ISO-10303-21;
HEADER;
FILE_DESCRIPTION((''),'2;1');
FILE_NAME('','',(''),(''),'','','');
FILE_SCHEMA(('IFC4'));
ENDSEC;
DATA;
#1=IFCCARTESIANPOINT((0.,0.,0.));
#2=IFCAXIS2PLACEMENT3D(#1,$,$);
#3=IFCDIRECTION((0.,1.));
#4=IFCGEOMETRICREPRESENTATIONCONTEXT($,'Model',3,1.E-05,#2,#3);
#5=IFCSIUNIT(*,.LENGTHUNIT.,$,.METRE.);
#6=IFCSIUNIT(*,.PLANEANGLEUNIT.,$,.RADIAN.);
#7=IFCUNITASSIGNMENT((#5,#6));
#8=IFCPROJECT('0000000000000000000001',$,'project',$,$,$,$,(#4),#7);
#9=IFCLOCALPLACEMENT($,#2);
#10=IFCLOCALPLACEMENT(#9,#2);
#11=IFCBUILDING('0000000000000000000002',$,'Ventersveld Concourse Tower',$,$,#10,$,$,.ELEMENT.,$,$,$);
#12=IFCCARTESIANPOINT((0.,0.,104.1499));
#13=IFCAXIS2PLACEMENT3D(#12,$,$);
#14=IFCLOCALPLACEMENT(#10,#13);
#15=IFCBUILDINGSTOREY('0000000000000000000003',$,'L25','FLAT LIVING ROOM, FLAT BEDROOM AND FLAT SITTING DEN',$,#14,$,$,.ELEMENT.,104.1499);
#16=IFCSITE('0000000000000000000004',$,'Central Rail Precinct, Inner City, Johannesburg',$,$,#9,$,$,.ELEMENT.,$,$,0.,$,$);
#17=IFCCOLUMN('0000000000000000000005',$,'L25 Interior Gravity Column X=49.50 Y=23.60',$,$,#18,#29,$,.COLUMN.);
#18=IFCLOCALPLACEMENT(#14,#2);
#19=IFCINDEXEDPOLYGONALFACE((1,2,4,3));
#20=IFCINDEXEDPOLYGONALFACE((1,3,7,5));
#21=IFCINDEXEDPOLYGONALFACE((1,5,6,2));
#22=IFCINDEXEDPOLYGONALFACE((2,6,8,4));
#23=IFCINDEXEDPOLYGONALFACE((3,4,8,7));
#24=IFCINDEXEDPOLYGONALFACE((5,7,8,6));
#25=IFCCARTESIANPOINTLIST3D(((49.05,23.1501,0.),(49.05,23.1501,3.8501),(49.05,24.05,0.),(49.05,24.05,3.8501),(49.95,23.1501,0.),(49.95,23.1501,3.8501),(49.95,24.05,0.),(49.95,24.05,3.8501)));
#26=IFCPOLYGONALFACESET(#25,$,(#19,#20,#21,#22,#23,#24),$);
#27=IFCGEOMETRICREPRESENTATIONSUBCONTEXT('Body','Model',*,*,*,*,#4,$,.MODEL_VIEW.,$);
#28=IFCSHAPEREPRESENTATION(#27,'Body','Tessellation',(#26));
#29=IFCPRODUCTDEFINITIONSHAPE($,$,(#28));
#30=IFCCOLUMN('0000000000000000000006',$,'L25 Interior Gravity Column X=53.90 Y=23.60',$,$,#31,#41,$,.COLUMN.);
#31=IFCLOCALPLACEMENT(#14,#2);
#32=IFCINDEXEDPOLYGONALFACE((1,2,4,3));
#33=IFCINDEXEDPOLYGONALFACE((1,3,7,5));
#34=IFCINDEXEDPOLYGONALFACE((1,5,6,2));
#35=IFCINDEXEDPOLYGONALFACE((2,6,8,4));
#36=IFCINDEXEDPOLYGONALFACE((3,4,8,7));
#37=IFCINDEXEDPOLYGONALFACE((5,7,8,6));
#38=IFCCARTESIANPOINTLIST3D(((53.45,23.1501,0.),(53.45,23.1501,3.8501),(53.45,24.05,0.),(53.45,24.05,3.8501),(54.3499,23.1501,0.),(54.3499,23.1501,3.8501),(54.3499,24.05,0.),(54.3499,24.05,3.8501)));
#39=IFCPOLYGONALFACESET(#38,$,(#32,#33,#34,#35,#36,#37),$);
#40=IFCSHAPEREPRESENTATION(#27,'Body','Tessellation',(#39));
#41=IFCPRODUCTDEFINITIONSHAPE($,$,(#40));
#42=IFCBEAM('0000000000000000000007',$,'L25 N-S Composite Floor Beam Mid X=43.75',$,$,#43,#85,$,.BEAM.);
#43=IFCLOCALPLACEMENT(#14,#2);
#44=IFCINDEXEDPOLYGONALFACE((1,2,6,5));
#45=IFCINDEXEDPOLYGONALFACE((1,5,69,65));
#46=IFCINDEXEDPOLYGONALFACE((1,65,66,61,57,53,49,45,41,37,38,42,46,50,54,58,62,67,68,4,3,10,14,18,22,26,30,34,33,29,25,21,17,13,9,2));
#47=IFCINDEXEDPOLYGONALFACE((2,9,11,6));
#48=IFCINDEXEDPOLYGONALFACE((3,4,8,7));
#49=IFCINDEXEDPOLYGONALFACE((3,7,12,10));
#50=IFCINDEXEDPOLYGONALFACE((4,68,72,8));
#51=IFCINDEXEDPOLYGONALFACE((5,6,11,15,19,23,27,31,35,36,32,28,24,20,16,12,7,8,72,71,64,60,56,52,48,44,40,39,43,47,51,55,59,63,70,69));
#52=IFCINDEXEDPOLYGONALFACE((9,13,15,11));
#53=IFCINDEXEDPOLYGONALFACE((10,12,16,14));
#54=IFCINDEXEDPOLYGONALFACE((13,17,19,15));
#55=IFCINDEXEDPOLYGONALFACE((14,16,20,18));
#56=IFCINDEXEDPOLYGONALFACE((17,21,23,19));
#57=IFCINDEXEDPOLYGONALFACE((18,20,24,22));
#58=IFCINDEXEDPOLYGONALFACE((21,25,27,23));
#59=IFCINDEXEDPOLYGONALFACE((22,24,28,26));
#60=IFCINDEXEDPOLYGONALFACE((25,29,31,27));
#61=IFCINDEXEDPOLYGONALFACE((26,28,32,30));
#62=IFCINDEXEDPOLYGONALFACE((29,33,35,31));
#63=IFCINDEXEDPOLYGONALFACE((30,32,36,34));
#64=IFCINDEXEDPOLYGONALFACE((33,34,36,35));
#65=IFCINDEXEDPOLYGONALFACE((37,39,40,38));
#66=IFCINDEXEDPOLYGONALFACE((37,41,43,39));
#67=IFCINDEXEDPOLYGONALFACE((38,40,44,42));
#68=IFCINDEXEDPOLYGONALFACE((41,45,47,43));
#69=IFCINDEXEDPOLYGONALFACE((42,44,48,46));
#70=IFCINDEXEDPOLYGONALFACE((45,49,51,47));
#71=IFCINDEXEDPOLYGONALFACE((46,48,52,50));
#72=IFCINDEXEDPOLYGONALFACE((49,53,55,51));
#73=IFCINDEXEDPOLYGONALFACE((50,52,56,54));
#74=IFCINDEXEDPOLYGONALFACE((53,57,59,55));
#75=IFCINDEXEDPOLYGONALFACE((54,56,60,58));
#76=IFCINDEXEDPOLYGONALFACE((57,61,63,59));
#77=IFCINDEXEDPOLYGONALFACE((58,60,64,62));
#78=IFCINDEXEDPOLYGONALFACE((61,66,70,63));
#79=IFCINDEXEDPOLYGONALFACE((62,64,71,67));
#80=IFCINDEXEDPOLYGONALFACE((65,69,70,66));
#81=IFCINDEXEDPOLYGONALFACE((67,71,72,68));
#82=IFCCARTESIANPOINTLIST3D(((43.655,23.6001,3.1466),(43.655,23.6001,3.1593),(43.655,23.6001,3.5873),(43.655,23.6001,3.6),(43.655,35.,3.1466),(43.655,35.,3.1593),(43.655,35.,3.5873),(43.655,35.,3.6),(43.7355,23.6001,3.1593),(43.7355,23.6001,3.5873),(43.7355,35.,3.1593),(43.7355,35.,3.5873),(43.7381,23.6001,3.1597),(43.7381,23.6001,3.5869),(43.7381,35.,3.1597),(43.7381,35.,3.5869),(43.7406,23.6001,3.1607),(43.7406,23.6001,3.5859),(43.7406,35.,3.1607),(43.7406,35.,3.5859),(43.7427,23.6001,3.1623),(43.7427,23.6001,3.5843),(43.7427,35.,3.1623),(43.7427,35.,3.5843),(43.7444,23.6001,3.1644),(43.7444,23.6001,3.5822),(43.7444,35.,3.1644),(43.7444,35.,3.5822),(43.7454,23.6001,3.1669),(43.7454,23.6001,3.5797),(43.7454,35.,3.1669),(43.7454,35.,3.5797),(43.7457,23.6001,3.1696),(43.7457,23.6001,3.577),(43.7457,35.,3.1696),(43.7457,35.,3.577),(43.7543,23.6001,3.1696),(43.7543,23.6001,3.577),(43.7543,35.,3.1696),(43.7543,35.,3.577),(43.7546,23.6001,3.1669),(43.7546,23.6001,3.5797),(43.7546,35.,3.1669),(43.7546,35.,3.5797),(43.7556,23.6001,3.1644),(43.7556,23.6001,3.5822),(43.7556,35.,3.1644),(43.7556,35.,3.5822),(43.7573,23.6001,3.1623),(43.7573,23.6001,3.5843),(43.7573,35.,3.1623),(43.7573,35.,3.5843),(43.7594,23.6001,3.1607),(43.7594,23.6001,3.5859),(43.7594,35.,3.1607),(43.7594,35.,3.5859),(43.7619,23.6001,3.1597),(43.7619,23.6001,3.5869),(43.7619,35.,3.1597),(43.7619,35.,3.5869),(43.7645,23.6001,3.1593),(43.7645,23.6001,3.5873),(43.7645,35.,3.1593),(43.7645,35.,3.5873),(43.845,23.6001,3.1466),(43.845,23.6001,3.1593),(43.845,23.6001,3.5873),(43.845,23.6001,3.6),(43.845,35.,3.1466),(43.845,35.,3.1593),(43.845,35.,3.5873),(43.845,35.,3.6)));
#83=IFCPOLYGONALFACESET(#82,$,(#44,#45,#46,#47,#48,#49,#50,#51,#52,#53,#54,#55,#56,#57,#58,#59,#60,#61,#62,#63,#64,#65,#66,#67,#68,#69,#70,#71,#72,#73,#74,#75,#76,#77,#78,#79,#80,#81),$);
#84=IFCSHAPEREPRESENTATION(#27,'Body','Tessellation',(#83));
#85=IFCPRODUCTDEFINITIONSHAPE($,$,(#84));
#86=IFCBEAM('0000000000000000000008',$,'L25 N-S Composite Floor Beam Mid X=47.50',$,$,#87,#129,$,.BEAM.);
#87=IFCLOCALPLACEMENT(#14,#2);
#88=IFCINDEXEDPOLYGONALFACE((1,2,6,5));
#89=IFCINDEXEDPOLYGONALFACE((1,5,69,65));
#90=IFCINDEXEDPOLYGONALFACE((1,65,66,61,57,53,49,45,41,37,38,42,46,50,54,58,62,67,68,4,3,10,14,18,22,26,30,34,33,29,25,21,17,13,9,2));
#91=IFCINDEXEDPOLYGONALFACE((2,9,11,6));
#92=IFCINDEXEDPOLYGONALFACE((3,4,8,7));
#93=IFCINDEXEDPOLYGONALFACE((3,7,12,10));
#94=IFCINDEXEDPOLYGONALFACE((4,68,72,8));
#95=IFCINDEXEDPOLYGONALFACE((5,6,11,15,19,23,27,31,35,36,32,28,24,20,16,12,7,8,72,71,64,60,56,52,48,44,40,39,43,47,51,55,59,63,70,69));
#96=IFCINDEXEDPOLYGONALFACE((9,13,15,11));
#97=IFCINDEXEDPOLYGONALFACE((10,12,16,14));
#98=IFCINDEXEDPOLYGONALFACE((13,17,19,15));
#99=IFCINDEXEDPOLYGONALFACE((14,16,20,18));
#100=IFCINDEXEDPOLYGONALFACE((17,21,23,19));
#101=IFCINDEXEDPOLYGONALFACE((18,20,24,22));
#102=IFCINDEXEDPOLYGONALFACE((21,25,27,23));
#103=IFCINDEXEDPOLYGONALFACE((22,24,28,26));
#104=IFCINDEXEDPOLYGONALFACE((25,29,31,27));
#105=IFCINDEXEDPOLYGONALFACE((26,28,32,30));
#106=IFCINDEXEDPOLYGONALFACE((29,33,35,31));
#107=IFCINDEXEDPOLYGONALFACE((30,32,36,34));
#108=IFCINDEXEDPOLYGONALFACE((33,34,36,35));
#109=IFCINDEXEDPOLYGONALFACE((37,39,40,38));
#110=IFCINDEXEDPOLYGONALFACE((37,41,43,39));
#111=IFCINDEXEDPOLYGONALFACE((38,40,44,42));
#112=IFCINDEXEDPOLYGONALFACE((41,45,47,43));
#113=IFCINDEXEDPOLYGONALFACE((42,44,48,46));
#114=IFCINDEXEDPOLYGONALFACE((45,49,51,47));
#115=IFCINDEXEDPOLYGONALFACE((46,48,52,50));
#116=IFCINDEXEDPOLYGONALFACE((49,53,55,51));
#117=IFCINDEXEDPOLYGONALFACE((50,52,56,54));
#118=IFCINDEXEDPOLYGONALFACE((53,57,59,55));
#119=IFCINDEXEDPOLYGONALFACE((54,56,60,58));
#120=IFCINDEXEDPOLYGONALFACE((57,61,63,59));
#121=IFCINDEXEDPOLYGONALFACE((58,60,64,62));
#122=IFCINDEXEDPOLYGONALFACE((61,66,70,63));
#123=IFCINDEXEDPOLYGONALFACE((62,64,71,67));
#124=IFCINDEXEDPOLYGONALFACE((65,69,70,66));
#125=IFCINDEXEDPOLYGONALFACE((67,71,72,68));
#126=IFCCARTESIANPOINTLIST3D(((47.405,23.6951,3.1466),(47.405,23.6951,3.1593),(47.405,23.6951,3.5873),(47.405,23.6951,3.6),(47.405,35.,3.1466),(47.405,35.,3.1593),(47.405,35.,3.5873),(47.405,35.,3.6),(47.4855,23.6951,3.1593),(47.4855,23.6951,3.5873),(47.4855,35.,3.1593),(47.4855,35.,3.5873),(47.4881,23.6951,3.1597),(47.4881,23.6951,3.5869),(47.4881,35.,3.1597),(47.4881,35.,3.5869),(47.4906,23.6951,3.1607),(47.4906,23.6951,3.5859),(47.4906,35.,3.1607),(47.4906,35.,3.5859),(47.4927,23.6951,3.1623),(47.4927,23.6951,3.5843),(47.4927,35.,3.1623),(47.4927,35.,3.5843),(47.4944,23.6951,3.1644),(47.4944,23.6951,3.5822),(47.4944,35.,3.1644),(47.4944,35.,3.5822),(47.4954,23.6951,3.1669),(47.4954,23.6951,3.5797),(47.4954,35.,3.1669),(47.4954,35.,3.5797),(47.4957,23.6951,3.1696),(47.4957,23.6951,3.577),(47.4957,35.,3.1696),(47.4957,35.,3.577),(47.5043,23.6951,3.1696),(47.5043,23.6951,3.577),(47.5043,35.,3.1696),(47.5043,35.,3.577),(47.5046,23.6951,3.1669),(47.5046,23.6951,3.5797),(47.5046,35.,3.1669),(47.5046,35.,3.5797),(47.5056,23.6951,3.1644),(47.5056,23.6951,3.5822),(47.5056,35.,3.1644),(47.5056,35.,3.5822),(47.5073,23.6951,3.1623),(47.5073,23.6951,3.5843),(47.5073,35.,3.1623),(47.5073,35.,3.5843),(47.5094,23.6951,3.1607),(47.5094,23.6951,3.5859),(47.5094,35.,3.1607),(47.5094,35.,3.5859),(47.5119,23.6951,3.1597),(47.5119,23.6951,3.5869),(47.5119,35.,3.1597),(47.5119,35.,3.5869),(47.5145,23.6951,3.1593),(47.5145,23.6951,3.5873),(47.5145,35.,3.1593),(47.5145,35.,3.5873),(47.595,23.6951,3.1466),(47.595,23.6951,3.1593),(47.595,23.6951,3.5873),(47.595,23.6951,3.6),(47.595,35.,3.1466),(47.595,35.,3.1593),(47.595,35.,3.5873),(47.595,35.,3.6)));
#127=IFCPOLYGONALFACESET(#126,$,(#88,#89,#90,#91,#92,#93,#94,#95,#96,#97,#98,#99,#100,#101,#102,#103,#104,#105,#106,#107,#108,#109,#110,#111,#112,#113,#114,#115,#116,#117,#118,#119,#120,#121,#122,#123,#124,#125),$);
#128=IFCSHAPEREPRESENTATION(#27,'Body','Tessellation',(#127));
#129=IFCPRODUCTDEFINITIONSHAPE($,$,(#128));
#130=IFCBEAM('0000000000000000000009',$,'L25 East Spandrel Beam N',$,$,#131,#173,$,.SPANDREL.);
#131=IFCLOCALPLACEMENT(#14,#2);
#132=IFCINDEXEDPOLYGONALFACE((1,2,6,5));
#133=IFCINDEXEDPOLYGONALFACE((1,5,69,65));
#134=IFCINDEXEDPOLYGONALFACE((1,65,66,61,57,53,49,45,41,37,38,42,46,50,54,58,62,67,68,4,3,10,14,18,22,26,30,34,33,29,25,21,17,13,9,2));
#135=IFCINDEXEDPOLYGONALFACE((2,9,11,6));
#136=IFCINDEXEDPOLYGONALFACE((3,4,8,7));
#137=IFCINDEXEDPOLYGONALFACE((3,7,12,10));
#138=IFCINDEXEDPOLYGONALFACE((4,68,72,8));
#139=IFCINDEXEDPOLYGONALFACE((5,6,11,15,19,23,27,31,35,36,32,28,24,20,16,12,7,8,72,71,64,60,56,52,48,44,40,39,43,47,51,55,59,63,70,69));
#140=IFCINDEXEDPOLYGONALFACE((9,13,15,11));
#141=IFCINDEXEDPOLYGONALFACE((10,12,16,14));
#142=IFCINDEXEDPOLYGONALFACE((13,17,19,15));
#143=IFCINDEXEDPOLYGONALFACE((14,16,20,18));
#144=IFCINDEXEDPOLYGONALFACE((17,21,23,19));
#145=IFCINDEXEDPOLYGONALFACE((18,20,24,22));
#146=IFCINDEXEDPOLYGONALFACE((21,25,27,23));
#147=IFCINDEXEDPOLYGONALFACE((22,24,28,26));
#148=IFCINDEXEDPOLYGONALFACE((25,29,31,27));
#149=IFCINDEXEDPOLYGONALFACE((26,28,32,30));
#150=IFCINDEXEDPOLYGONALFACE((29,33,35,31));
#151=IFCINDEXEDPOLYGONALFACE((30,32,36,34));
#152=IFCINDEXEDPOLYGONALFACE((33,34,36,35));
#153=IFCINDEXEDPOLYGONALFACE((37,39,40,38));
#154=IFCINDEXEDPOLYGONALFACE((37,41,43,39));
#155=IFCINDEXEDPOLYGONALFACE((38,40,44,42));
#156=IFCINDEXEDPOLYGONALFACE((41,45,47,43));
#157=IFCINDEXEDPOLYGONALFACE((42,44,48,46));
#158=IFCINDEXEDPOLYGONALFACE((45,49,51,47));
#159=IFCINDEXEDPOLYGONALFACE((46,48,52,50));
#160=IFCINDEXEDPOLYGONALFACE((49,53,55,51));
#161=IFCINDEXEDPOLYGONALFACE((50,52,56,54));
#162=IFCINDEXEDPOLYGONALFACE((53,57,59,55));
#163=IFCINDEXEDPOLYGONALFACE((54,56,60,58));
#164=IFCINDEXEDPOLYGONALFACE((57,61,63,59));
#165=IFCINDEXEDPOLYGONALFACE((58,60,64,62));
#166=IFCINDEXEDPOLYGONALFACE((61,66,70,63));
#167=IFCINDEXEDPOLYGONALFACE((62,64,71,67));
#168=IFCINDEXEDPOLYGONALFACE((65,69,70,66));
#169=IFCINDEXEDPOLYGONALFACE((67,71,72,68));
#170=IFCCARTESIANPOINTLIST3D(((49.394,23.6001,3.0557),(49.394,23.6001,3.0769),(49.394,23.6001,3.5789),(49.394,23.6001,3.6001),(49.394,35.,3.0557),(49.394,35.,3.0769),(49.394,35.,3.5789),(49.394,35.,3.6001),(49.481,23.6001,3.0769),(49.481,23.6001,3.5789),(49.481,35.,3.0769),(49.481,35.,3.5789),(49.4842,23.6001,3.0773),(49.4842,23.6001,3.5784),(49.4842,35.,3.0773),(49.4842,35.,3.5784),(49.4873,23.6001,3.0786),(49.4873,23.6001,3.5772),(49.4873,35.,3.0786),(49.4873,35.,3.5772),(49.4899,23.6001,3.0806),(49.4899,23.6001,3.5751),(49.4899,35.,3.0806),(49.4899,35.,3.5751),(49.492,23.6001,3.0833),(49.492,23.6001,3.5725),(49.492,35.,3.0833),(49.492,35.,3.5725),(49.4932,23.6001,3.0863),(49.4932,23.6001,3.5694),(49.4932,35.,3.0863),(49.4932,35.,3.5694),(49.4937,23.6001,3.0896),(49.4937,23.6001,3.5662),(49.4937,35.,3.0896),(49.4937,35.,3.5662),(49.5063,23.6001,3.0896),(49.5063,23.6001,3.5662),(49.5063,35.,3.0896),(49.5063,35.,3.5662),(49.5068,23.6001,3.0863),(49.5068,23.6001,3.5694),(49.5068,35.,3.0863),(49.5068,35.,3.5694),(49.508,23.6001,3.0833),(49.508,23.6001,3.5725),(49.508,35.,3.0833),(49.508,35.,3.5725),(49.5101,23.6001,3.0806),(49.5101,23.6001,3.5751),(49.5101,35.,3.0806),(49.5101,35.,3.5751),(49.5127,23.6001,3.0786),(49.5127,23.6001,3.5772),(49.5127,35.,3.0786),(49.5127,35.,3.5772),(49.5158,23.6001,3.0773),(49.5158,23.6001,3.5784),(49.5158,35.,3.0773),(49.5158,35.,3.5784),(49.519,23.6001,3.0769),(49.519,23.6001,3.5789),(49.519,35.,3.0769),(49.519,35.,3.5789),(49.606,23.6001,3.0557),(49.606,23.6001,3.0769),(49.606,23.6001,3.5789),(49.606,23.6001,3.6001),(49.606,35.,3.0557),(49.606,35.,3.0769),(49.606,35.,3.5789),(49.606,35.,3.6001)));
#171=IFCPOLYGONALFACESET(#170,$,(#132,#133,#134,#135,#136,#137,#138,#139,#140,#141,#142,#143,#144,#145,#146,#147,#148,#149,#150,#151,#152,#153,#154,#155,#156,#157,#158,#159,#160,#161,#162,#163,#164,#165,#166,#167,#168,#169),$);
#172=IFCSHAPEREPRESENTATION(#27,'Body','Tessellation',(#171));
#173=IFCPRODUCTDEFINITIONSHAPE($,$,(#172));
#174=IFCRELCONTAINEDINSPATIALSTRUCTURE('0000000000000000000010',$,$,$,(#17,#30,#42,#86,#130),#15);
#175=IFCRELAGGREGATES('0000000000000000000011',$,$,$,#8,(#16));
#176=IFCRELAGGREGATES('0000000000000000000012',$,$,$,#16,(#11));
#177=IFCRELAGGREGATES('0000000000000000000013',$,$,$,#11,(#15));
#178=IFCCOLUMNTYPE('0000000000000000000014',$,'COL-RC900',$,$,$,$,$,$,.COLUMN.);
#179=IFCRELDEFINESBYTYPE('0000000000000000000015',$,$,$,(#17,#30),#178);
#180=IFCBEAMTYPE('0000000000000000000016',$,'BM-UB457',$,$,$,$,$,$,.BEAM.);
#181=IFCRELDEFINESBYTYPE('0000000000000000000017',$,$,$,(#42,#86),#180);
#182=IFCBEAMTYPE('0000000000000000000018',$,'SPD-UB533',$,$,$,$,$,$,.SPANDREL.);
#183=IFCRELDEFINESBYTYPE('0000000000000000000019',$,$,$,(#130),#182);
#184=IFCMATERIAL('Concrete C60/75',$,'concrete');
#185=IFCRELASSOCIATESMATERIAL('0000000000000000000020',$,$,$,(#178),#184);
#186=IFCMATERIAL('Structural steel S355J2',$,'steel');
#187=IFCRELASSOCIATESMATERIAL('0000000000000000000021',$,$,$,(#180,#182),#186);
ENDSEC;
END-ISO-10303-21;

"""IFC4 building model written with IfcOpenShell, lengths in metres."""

from ifc_helpers import new_model, si_unit, direction, frame, origin, origin_2d, place, context, subcontext, project, spatial, rectangle, i_section, extrude, material, material_profile, profile_set, type_object, element, save


model = new_model("IFC4")

# Units and contexts
model_context = context("Model", 3, precision=1e-05, world=origin(), true_north=direction((0.0, 1.0)))
body_context = subcontext(model_context, "Body", "Model", "MODEL_VIEW")
ifc_project = project(units=[si_unit("LENGTHUNIT", "METRE"), si_unit("PLANEANGLEUNIT", "RADIAN")], contexts=[model_context])

# Site, building, storey
site_placement = place(None, origin())
site = spatial("IfcSite", under=ifc_project, at=site_placement, Name="Central Rail Precinct, Inner City, Johannesburg", CompositionType="ELEMENT", RefElevation=0.0)
building_placement = place(site_placement, origin())
building = spatial("IfcBuilding", under=site, at=building_placement, Name="Ventersveld Concourse Tower", CompositionType="ELEMENT")
storey_placement = place(building_placement, frame((0.0, 0.0, 104.1499)))
storey = spatial("IfcBuildingStorey", under=building, at=storey_placement, Name="L25", Description="FLAT LIVING ROOM, FLAT BEDROOM AND FLAT SITTING DEN", CompositionType="ELEMENT", Elevation=104.1499)

# Columns
ifc_material_1 = material(Name="Concrete C60/75", Category="concrete")
ifc_material_profile_1 = material_profile(ifc_material_1, rectangle(XDim=0.8999, YDim=0.8999, at=origin_2d()), Name="RC 900x900")
ifc_profile_set_1 = profile_set([ifc_material_profile_1], Name="Concrete C60/75")
column_type = type_object("IfcColumnType", Name="COL-RC900", PredefinedType="COLUMN", material=ifc_profile_set_1)
for number, where, z_axis, x_axis, name in (
    (1, (49.5, 23.6001, 0.0), (0.0, 0.0, 1.0), (1.0, 0.0, 0.0), "L25 Interior Gravity Column X=49.50 Y=23.60"),
    (2, (53.8999, 23.6001, 0.0), (0.0, 0.0, 1.0), (1.0, 0.0, 0.0), "L25 Interior Gravity Column X=53.90 Y=23.60"),
):
    element("IfcColumn", number, at=place(storey_placement, frame(where, z_axis=z_axis, x_axis=x_axis)), inside=storey, type_object=column_type, Name=name, PredefinedType="COLUMN", context=body_context, shape_type="SweptSolid", body=[
        extrude(rectangle(XDim=0.8999, YDim=0.8999, at=origin_2d()), origin(), (0.0, 0.0, 1.0), 3.8501),
    ])

# Beams
ifc_material_2 = material(Name="Structural steel S355J2", Category="steel")
ifc_material_profile_2 = material_profile(ifc_material_2, i_section(OverallWidth=0.1899, OverallDepth=0.4534, WebThickness=0.0085, FlangeThickness=0.0127, FilletRadius=0.0103, at=origin_2d()), Name="UB 457x191x67")
ifc_profile_set_2 = profile_set([ifc_material_profile_2], Name="Structural steel S355J2")
beam_type_1 = type_object("IfcBeamType", Name="BM-UB457", PredefinedType="BEAM", material=ifc_profile_set_2)
beam_1_placement = place(storey_placement, frame((43.75, 23.6001, 3.3733), z_axis=(0.0, 1.0, 0.0), x_axis=(-1.0, 0.0, 0.0)))
element("IfcBeam", 3, at=beam_1_placement, inside=storey, type_object=beam_type_1, Name="L25 N-S Composite Floor Beam Mid X=43.75", PredefinedType="BEAM", context=body_context, shape_type="SweptSolid", body=[
    extrude(i_section(OverallWidth=0.1899, OverallDepth=0.4534, WebThickness=0.0085, FlangeThickness=0.0127, FilletRadius=0.0103, at=origin_2d()), origin(), (0.0, 0.0, 1.0), 11.3999),
])
beam_2_placement = place(storey_placement, frame((47.5, 23.6951, 3.3733), z_axis=(0.0, 1.0, 0.0), x_axis=(-1.0, 0.0, 0.0)))
element("IfcBeam", 4, at=beam_2_placement, inside=storey, type_object=beam_type_1, Name="L25 N-S Composite Floor Beam Mid X=47.50", PredefinedType="BEAM", context=body_context, shape_type="SweptSolid", body=[
    extrude(i_section(OverallWidth=0.1899, OverallDepth=0.4534, WebThickness=0.0085, FlangeThickness=0.0127, FilletRadius=0.0103, at=origin_2d()), origin(), (0.0, 0.0, 1.0), 11.3049),
])
ifc_material_profile_3 = material_profile(ifc_material_2, i_section(OverallWidth=0.2119, OverallDepth=0.5444, WebThickness=0.0127, FlangeThickness=0.0212, FilletRadius=0.0127, at=origin_2d()), Name="UB 533x210x122")
ifc_profile_set_3 = profile_set([ifc_material_profile_3], Name="Structural steel S355J2")
beam_type_2 = type_object("IfcBeamType", Name="SPD-UB533", PredefinedType="SPANDREL", material=ifc_profile_set_3)
beam_3_placement = place(storey_placement, frame((49.5, 23.6001, 3.3279), z_axis=(0.0, 1.0, 0.0), x_axis=(-1.0, 0.0, 0.0)))
element("IfcBeam", 5, at=beam_3_placement, inside=storey, type_object=beam_type_2, Name="L25 East Spandrel Beam N", PredefinedType="SPANDREL", context=body_context, shape_type="SweptSolid", body=[
    extrude(i_section(OverallWidth=0.2119, OverallDepth=0.5444, WebThickness=0.0127, FlangeThickness=0.0212, FilletRadius=0.0127, at=origin_2d()), origin(), (0.0, 0.0, 1.0), 11.3999),
])

save(model, "model.ifc")
